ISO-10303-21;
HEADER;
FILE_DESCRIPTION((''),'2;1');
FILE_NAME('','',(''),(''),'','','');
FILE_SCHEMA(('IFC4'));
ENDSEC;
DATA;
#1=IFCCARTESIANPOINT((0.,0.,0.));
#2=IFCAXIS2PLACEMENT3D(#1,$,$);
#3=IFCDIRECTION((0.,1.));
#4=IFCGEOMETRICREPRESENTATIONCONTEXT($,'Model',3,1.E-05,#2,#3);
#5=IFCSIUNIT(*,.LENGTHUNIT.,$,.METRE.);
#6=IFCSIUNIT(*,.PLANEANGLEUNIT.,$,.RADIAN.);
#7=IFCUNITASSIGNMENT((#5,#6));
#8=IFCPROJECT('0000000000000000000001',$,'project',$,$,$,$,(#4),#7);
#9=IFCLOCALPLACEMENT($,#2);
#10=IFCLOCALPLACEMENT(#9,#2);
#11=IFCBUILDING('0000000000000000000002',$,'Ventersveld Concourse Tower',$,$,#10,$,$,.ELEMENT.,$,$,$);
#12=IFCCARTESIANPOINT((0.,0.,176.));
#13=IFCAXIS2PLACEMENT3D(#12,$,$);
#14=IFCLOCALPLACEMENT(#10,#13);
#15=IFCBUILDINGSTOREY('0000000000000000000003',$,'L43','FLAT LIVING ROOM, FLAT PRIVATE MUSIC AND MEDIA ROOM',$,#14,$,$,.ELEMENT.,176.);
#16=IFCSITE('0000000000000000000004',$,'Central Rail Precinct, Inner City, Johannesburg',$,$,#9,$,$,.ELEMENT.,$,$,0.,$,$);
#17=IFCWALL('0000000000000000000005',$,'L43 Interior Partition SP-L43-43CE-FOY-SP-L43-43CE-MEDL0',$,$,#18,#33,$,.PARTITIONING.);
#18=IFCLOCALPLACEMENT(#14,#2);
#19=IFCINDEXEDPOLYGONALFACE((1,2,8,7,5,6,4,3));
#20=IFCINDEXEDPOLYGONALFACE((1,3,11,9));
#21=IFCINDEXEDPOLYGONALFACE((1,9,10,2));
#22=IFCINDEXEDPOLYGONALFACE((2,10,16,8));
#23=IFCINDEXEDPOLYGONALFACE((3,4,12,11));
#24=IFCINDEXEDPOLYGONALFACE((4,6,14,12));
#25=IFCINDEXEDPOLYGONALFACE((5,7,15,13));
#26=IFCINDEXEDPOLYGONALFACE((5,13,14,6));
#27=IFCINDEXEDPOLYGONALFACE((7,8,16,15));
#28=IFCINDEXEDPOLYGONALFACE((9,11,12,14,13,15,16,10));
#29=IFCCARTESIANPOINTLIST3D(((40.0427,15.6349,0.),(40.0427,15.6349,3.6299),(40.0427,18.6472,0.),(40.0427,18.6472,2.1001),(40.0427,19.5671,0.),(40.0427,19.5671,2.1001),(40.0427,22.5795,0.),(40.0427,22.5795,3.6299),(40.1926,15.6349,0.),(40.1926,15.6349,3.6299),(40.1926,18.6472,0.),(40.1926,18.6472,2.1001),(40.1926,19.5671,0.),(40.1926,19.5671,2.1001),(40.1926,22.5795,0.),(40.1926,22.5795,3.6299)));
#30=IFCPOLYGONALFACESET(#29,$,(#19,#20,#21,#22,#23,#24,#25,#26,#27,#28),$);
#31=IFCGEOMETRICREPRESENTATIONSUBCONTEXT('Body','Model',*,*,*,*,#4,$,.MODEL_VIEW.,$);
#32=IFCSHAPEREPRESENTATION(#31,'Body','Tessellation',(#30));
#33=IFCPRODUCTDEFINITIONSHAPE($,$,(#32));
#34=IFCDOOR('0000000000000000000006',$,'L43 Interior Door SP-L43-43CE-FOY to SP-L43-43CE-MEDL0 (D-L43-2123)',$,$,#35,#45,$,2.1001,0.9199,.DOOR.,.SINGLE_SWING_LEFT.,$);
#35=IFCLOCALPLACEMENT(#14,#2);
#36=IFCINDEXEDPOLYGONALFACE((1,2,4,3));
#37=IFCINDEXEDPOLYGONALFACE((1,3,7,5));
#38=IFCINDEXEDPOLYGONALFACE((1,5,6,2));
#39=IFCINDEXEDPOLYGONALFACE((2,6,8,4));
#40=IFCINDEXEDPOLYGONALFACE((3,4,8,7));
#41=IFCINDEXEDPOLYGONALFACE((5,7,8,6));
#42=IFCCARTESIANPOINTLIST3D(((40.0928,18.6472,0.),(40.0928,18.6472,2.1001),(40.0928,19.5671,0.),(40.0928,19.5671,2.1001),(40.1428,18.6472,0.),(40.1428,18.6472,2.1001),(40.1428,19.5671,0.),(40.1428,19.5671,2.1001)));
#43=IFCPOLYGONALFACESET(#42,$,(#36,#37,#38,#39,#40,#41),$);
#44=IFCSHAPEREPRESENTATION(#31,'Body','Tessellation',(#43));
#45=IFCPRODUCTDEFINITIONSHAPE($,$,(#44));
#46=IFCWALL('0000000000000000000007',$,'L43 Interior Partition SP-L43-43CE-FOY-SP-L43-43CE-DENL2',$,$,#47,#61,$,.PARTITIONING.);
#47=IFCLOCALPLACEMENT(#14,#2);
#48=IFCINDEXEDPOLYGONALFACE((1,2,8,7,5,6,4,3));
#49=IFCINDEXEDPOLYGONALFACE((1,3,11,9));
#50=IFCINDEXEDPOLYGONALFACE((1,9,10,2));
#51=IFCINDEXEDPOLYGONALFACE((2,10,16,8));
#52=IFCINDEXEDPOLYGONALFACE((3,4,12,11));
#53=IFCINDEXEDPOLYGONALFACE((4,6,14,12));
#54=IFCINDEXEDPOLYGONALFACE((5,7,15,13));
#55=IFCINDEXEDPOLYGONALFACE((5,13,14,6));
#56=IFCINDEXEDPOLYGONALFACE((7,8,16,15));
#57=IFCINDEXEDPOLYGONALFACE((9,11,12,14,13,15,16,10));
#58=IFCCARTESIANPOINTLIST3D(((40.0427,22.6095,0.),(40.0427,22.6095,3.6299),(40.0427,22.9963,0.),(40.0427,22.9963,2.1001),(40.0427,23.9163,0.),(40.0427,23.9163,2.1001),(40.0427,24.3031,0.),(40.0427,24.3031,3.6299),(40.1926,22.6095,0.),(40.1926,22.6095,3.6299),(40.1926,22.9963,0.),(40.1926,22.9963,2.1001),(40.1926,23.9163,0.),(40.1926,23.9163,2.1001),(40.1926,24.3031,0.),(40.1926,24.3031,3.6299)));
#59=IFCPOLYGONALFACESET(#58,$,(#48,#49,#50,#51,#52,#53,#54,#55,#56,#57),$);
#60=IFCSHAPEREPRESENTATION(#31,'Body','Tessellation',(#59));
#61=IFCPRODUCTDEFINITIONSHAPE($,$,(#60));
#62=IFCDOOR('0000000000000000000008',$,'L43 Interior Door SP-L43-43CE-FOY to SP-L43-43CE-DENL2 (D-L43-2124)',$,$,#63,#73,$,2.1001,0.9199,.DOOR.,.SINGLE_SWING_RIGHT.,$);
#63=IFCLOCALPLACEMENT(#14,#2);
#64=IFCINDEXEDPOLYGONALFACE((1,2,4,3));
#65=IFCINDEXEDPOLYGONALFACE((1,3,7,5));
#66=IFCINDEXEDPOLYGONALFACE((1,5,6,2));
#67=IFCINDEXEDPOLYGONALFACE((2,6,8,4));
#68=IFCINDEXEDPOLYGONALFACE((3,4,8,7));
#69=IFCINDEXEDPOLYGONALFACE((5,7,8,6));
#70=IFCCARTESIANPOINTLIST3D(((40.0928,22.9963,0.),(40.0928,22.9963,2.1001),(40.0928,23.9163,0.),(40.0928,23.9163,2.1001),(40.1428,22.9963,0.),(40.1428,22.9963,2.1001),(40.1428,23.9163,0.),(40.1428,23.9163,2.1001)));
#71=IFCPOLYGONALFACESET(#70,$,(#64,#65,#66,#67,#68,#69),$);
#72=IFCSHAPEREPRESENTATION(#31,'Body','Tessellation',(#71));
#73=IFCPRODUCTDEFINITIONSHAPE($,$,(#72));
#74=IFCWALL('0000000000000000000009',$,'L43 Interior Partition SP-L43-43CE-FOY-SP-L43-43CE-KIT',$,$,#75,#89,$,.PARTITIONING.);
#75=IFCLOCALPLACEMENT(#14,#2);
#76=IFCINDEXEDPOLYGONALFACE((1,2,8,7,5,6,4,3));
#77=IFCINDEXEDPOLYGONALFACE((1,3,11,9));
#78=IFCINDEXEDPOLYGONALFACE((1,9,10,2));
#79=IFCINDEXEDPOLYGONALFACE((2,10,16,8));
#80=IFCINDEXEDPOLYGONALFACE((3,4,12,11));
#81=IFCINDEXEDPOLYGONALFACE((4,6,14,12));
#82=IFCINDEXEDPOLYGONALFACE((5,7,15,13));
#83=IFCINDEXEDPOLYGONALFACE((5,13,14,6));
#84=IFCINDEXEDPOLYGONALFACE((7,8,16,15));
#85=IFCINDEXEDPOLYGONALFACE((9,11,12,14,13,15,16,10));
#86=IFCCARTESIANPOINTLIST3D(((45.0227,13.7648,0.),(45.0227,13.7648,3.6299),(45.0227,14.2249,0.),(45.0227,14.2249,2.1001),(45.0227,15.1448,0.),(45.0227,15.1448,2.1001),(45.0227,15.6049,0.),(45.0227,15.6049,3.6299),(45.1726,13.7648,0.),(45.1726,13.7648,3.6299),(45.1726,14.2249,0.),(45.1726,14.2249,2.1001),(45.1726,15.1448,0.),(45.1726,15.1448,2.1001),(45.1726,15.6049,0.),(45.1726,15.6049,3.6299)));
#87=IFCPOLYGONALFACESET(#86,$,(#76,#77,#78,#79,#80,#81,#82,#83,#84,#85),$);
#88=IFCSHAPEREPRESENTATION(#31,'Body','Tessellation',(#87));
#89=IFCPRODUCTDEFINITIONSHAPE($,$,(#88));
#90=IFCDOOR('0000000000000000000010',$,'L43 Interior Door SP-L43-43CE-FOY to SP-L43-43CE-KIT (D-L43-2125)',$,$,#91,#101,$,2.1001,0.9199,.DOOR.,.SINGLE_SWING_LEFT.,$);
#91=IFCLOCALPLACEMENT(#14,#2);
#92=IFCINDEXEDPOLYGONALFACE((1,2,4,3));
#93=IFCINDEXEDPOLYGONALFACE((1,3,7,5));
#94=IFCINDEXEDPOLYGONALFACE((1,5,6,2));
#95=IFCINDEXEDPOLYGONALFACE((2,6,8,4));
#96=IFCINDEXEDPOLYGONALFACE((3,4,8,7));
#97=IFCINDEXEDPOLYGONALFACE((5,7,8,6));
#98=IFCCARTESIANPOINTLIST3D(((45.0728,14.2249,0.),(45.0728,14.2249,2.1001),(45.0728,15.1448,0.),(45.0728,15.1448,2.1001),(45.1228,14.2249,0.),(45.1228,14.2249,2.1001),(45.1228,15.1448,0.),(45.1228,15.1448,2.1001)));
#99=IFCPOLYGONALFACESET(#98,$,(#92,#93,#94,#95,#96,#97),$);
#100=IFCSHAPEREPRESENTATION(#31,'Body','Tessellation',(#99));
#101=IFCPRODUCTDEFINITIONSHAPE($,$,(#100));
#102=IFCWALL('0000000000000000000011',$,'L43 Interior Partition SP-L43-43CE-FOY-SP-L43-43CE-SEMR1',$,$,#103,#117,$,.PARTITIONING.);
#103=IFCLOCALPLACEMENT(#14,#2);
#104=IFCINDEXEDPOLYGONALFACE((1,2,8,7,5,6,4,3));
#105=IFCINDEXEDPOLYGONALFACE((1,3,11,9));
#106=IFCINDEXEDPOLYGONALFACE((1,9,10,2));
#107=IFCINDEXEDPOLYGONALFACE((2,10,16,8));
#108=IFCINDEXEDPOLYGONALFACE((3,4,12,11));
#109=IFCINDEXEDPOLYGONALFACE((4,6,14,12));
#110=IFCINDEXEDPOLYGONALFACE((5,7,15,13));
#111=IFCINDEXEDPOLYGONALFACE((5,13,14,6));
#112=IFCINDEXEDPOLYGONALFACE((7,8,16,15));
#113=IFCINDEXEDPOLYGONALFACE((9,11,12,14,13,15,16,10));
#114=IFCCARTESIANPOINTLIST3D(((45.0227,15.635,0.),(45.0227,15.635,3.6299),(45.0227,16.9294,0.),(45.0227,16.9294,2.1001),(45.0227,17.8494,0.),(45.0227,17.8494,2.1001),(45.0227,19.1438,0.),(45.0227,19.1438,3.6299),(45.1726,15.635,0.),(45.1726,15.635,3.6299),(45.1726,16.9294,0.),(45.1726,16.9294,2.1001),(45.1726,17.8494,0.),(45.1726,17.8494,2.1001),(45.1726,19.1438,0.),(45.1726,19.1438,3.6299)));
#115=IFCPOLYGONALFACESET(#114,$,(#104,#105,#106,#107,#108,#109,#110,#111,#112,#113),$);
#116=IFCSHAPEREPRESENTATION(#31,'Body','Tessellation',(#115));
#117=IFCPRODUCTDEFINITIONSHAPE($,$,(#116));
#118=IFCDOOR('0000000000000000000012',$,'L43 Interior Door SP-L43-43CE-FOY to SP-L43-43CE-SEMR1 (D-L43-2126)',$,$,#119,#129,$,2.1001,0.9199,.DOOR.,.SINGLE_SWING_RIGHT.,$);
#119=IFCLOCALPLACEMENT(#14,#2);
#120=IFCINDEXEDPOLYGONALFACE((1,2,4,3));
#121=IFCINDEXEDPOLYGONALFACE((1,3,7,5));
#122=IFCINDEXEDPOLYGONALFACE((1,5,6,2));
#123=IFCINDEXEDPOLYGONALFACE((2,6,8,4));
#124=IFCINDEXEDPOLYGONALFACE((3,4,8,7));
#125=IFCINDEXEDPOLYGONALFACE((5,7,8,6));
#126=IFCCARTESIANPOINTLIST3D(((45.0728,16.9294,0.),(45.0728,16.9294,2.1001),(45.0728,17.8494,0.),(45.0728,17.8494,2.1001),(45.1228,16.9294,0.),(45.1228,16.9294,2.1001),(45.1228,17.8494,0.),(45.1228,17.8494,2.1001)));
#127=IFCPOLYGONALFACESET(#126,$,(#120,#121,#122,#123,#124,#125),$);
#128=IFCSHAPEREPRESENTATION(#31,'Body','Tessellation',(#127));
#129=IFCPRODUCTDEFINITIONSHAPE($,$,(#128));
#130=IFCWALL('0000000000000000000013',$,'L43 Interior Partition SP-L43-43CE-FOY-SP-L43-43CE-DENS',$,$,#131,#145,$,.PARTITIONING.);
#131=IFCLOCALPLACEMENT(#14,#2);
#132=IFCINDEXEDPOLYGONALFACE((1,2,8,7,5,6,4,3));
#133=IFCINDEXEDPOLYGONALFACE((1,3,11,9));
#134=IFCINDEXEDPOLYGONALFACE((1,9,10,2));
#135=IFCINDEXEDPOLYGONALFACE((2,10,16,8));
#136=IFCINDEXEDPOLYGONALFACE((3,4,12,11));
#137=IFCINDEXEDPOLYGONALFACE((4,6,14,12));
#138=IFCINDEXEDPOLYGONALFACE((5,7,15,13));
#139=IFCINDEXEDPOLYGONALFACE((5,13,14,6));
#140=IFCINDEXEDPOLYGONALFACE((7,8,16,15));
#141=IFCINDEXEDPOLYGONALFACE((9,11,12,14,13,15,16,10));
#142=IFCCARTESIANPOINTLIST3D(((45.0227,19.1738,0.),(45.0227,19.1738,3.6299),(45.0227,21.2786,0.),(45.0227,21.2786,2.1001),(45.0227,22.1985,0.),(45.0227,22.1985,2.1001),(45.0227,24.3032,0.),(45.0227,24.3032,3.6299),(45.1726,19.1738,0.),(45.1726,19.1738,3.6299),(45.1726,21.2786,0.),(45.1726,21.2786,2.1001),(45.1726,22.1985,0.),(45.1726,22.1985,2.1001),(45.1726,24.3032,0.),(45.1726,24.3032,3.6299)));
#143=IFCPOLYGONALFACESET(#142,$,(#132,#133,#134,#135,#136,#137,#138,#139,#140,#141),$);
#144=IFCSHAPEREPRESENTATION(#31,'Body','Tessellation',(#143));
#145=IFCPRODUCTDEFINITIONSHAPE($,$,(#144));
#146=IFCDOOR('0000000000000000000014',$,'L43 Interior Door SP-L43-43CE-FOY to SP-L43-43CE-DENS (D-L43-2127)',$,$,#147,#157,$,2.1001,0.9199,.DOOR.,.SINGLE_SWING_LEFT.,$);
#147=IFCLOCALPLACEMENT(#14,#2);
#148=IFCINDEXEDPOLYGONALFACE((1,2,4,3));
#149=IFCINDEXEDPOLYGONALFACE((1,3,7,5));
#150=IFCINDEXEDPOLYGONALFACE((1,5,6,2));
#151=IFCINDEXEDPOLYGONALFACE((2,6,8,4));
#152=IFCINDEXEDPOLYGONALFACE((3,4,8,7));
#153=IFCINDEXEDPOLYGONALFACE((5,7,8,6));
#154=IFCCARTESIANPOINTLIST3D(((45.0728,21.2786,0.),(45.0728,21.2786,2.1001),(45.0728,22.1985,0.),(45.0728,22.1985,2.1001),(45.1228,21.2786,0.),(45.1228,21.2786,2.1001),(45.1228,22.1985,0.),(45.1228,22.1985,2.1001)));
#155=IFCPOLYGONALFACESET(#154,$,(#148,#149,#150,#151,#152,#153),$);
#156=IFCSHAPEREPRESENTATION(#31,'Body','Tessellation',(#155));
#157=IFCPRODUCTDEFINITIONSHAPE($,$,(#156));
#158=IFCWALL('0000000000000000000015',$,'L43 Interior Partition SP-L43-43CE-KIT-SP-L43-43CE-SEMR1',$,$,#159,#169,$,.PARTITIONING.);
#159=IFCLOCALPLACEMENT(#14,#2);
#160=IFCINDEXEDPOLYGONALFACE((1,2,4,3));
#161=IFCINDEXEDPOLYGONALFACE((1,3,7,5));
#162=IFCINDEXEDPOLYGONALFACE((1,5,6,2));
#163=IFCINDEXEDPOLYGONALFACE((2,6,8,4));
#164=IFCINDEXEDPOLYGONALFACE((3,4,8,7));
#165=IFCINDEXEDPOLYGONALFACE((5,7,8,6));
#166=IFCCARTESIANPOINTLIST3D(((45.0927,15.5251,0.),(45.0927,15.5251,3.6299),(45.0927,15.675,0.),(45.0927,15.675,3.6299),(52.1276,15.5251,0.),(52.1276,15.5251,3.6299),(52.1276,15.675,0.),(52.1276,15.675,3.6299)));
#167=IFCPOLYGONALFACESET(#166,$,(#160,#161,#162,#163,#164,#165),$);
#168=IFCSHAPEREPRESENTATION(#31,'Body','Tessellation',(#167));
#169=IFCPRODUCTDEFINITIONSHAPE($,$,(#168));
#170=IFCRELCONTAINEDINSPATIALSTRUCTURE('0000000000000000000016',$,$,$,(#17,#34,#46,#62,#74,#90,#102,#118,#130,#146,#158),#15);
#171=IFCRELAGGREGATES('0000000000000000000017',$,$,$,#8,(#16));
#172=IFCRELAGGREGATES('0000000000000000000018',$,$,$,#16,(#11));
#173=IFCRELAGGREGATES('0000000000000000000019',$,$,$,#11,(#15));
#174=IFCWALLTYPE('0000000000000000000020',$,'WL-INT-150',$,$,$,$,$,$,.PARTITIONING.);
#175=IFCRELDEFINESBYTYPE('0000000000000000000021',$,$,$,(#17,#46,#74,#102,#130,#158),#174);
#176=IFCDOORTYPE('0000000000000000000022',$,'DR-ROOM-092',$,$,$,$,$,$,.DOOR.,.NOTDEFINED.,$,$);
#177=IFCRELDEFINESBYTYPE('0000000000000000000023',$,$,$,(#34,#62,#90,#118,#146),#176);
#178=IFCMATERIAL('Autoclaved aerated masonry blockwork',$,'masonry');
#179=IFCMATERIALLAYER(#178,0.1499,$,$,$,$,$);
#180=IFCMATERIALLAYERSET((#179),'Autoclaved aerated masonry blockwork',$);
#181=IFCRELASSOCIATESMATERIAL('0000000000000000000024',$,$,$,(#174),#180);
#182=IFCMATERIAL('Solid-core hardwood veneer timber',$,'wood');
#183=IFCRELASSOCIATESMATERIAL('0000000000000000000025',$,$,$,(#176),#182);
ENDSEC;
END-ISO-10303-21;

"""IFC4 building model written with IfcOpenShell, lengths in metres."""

from ifc_helpers import new_model, si_unit, direction, frame, frame_2d, origin, place, context, subcontext, project, spatial, rectangle, extrude, material, layer, layer_set, type_object, element, fill, save


model = new_model("IFC4")

# Units and contexts
model_context = context("Model", 3, precision=1e-05, world=origin(), true_north=direction((0.0, 1.0)))
body_context = subcontext(model_context, "Body", "Model", "MODEL_VIEW")
ifc_project = project(units=[si_unit("LENGTHUNIT", "METRE"), si_unit("PLANEANGLEUNIT", "RADIAN")], contexts=[model_context])

# Site, building, storey
site_placement = place(None, origin())
site = spatial("IfcSite", under=ifc_project, at=site_placement, Name="Central Rail Precinct, Inner City, Johannesburg", CompositionType="ELEMENT", RefElevation=0.0)
building_placement = place(site_placement, origin())
building = spatial("IfcBuilding", under=site, at=building_placement, Name="Ventersveld Concourse Tower", CompositionType="ELEMENT")
storey_placement = place(building_placement, frame((0.0, 0.0, 176.0)))
storey = spatial("IfcBuildingStorey", under=building, at=storey_placement, Name="L43", Description="FLAT LIVING ROOM, FLAT PRIVATE MUSIC AND MEDIA ROOM", CompositionType="ELEMENT", Elevation=176.0)

# Shared definitions
ifc_material_1 = material(Name="Solid-core hardwood veneer timber", Category="wood")

# Walls, openings, doors
ifc_material_2 = material(Name="Autoclaved aerated masonry blockwork", Category="masonry")
ifc_layer_1 = layer(ifc_material_2, 0.1499)
ifc_layer_set_1 = layer_set([ifc_layer_1], Name="Autoclaved aerated masonry blockwork")
wall_type_1 = type_object("IfcWallType", Name="WL-INT-150", PredefinedType="PARTITIONING", material=ifc_layer_set_1)
wall_1_placement = place(storey_placement, frame((40.1177, 15.635, 0.0), z_axis=(0.0, 0.0, 1.0), x_axis=(0.0, 1.0, 0.0)))
wall_1 = element("IfcWall", 1, at=wall_1_placement, inside=storey, type_object=wall_type_1, Name="L43 Interior Partition SP-L43-43CE-FOY-SP-L43-43CE-MEDL0", PredefinedType="PARTITIONING", context=body_context, shape_type="SweptSolid", body=[
    extrude(rectangle(XDim=6.9446, YDim=0.1499, at=frame_2d((3.4722, 0.0))), origin(), (0.0, 0.0, 1.0), 3.6299),
])
opening_1_placement = place(wall_1_placement, frame((3.0122, 0.0, 0.0)))
opening_1 = element("IfcOpeningElement", 2, at=opening_1_placement, cuts=wall_1, PredefinedType="OPENING", context=body_context, shape_type="SweptSolid", body=[
    extrude(rectangle(XDim=0.9199, YDim=2.1001, at=frame_2d((0.46, 1.05))), frame((0.0, 0.085, 0.0), z_axis=(0.0, -1.0, 0.0), x_axis=(1.0, 0.0, 0.0)), (0.0, 0.0, 1.0), 0.1699),
])
door_type_1 = type_object("IfcDoorType", Name="DR-ROOM-092", OperationType="NOTDEFINED", PredefinedType="DOOR", material=ifc_material_1)
door_1_placement = place(opening_1_placement, origin())
door_1 = element("IfcDoor", 3, at=door_1_placement, inside=storey, type_object=door_type_1, Name="L43 Interior Door SP-L43-43CE-FOY to SP-L43-43CE-MEDL0 (D-L43-2123)", OperationType="SINGLE_SWING_LEFT", OverallHeight=2.1001, OverallWidth=0.9199, PredefinedType="DOOR", context=body_context, shape_type="SweptSolid", body=[
    extrude(rectangle(XDim=0.9199, YDim=2.1001, at=frame_2d((0.46, 1.05))), frame((0.0, 0.0249, 0.0), z_axis=(0.0, -1.0, 0.0), x_axis=(1.0, 0.0, 0.0)), (0.0, 0.0, 1.0), 0.05),
])
fill(opening_1, door_1)
wall_2_placement = place(storey_placement, frame((40.1177, 22.6096, 0.0), z_axis=(0.0, 0.0, 1.0), x_axis=(0.0, 1.0, 0.0)))
wall_2 = element("IfcWall", 4, at=wall_2_placement, inside=storey, type_object=wall_type_1, Name="L43 Interior Partition SP-L43-43CE-FOY-SP-L43-43CE-DENL2", PredefinedType="PARTITIONING", context=body_context, shape_type="SweptSolid", body=[
    extrude(rectangle(XDim=1.6936, YDim=0.1499, at=frame_2d((0.8467, 0.0))), origin(), (0.0, 0.0, 1.0), 3.6299),
])
opening_2_placement = place(wall_2_placement, frame((0.3867, 0.0, 0.0)))
opening_2 = element("IfcOpeningElement", 5, at=opening_2_placement, cuts=wall_2, PredefinedType="OPENING", context=body_context, shape_type="SweptSolid", body=[
    extrude(rectangle(XDim=0.9199, YDim=2.1001, at=frame_2d((0.46, 1.05))), frame((0.0, 0.085, 0.0), z_axis=(0.0, -1.0, 0.0), x_axis=(1.0, 0.0, 0.0)), (0.0, 0.0, 1.0), 0.1699),
])
door_2_placement = place(opening_2_placement, origin())
door_2 = element("IfcDoor", 6, at=door_2_placement, inside=storey, type_object=door_type_1, Name="L43 Interior Door SP-L43-43CE-FOY to SP-L43-43CE-DENL2 (D-L43-2124)", OperationType="SINGLE_SWING_RIGHT", OverallHeight=2.1001, OverallWidth=0.9199, PredefinedType="DOOR", context=body_context, shape_type="SweptSolid", body=[
    extrude(rectangle(XDim=0.9199, YDim=2.1001, at=frame_2d((0.46, 1.05))), frame((0.0, 0.0249, 0.0), z_axis=(0.0, -1.0, 0.0), x_axis=(1.0, 0.0, 0.0)), (0.0, 0.0, 1.0), 0.05),
])
fill(opening_2, door_2)
wall_3_placement = place(storey_placement, frame((45.0977, 13.7649, 0.0), z_axis=(0.0, 0.0, 1.0), x_axis=(0.0, 1.0, 0.0)))
wall_3 = element("IfcWall", 7, at=wall_3_placement, inside=storey, type_object=wall_type_1, Name="L43 Interior Partition SP-L43-43CE-FOY-SP-L43-43CE-KIT", PredefinedType="PARTITIONING", context=body_context, shape_type="SweptSolid", body=[
    extrude(rectangle(XDim=1.8401, YDim=0.1499, at=frame_2d((0.9199, 0.0))), origin(), (0.0, 0.0, 1.0), 3.6299),
])
opening_3_placement = place(wall_3_placement, frame((0.46, 0.0, 0.0)))
opening_3 = element("IfcOpeningElement", 8, at=opening_3_placement, cuts=wall_3, PredefinedType="OPENING", context=body_context, shape_type="SweptSolid", body=[
    extrude(rectangle(XDim=0.9199, YDim=2.1001, at=frame_2d((0.46, 1.05))), frame((0.0, 0.085, 0.0), z_axis=(0.0, -1.0, 0.0), x_axis=(1.0, 0.0, 0.0)), (0.0, 0.0, 1.0), 0.1699),
])
door_3_placement = place(opening_3_placement, origin())
door_3 = element("IfcDoor", 9, at=door_3_placement, inside=storey, type_object=door_type_1, Name="L43 Interior Door SP-L43-43CE-FOY to SP-L43-43CE-KIT (D-L43-2125)", OperationType="SINGLE_SWING_LEFT", OverallHeight=2.1001, OverallWidth=0.9199, PredefinedType="DOOR", context=body_context, shape_type="SweptSolid", body=[
    extrude(rectangle(XDim=0.9199, YDim=2.1001, at=frame_2d((0.46, 1.05))), frame((0.0, 0.0249, 0.0), z_axis=(0.0, -1.0, 0.0), x_axis=(1.0, 0.0, 0.0)), (0.0, 0.0, 1.0), 0.05),
])
fill(opening_3, door_3)
wall_4_placement = place(storey_placement, frame((45.0977, 15.635, 0.0), z_axis=(0.0, 0.0, 1.0), x_axis=(0.0, 1.0, 0.0)))
wall_4 = element("IfcWall", 10, at=wall_4_placement, inside=storey, type_object=wall_type_1, Name="L43 Interior Partition SP-L43-43CE-FOY-SP-L43-43CE-SEMR1", PredefinedType="PARTITIONING", context=body_context, shape_type="SweptSolid", body=[
    extrude(rectangle(XDim=3.5088, YDim=0.1499, at=frame_2d((1.7544, 0.0))), origin(), (0.0, 0.0, 1.0), 3.6299),
])
opening_4_placement = place(wall_4_placement, frame((1.2944, 0.0, 0.0)))
opening_4 = element("IfcOpeningElement", 11, at=opening_4_placement, cuts=wall_4, PredefinedType="OPENING", context=body_context, shape_type="SweptSolid", body=[
    extrude(rectangle(XDim=0.9199, YDim=2.1001, at=frame_2d((0.46, 1.05))), frame((0.0, 0.085, 0.0), z_axis=(0.0, -1.0, 0.0), x_axis=(1.0, 0.0, 0.0)), (0.0, 0.0, 1.0), 0.1699),
])
door_4_placement = place(opening_4_placement, origin())
door_4 = element("IfcDoor", 12, at=door_4_placement, inside=storey, type_object=door_type_1, Name="L43 Interior Door SP-L43-43CE-FOY to SP-L43-43CE-SEMR1 (D-L43-2126)", OperationType="SINGLE_SWING_RIGHT", OverallHeight=2.1001, OverallWidth=0.9199, PredefinedType="DOOR", context=body_context, shape_type="SweptSolid", body=[
    extrude(rectangle(XDim=0.9199, YDim=2.1001, at=frame_2d((0.46, 1.05))), frame((0.0, 0.0249, 0.0), z_axis=(0.0, -1.0, 0.0), x_axis=(1.0, 0.0, 0.0)), (0.0, 0.0, 1.0), 0.05),
])
fill(opening_4, door_4)
wall_5_placement = place(storey_placement, frame((45.0977, 19.1738, 0.0), z_axis=(0.0, 0.0, 1.0), x_axis=(0.0, 1.0, 0.0)))
wall_5 = element("IfcWall", 13, at=wall_5_placement, inside=storey, type_object=wall_type_1, Name="L43 Interior Partition SP-L43-43CE-FOY-SP-L43-43CE-DENS", PredefinedType="PARTITIONING", context=body_context, shape_type="SweptSolid", body=[
    extrude(rectangle(XDim=5.1294, YDim=0.1499, at=frame_2d((2.5647, 0.0))), origin(), (0.0, 0.0, 1.0), 3.6299),
])
opening_5_placement = place(wall_5_placement, frame((2.1047, 0.0, 0.0)))
opening_5 = element("IfcOpeningElement", 14, at=opening_5_placement, cuts=wall_5, PredefinedType="OPENING", context=body_context, shape_type="SweptSolid", body=[
    extrude(rectangle(XDim=0.9199, YDim=2.1001, at=frame_2d((0.46, 1.05))), frame((0.0, 0.085, 0.0), z_axis=(0.0, -1.0, 0.0), x_axis=(1.0, 0.0, 0.0)), (0.0, 0.0, 1.0), 0.1699),
])
door_5_placement = place(opening_5_placement, origin())
door_5 = element("IfcDoor", 15, at=door_5_placement, inside=storey, type_object=door_type_1, Name="L43 Interior Door SP-L43-43CE-FOY to SP-L43-43CE-DENS (D-L43-2127)", OperationType="SINGLE_SWING_LEFT", OverallHeight=2.1001, OverallWidth=0.9199, PredefinedType="DOOR", context=body_context, shape_type="SweptSolid", body=[
    extrude(rectangle(XDim=0.9199, YDim=2.1001, at=frame_2d((0.46, 1.05))), frame((0.0, 0.0249, 0.0), z_axis=(0.0, -1.0, 0.0), x_axis=(1.0, 0.0, 0.0)), (0.0, 0.0, 1.0), 0.05),
])
fill(opening_5, door_5)

# Wall
for number, where, z_axis, x_axis, name in (
    (16, (45.0925, 15.6001, 0.0), (0.0, 0.0, 1.0), (1.0, 0.0, 0.0), "L43 Interior Partition SP-L43-43CE-KIT-SP-L43-43CE-SEMR1"),
):
    element("IfcWall", number, at=place(storey_placement, frame(where, z_axis=z_axis, x_axis=x_axis)), inside=storey, type_object=wall_type_1, Name=name, PredefinedType="PARTITIONING", context=body_context, shape_type="SweptSolid", body=[
        extrude(rectangle(XDim=7.0349, YDim=0.1499, at=frame_2d((3.5176, 0.0))), origin(), (0.0, 0.0, 1.0), 3.6299),
    ])

save(model, "model.ifc")
